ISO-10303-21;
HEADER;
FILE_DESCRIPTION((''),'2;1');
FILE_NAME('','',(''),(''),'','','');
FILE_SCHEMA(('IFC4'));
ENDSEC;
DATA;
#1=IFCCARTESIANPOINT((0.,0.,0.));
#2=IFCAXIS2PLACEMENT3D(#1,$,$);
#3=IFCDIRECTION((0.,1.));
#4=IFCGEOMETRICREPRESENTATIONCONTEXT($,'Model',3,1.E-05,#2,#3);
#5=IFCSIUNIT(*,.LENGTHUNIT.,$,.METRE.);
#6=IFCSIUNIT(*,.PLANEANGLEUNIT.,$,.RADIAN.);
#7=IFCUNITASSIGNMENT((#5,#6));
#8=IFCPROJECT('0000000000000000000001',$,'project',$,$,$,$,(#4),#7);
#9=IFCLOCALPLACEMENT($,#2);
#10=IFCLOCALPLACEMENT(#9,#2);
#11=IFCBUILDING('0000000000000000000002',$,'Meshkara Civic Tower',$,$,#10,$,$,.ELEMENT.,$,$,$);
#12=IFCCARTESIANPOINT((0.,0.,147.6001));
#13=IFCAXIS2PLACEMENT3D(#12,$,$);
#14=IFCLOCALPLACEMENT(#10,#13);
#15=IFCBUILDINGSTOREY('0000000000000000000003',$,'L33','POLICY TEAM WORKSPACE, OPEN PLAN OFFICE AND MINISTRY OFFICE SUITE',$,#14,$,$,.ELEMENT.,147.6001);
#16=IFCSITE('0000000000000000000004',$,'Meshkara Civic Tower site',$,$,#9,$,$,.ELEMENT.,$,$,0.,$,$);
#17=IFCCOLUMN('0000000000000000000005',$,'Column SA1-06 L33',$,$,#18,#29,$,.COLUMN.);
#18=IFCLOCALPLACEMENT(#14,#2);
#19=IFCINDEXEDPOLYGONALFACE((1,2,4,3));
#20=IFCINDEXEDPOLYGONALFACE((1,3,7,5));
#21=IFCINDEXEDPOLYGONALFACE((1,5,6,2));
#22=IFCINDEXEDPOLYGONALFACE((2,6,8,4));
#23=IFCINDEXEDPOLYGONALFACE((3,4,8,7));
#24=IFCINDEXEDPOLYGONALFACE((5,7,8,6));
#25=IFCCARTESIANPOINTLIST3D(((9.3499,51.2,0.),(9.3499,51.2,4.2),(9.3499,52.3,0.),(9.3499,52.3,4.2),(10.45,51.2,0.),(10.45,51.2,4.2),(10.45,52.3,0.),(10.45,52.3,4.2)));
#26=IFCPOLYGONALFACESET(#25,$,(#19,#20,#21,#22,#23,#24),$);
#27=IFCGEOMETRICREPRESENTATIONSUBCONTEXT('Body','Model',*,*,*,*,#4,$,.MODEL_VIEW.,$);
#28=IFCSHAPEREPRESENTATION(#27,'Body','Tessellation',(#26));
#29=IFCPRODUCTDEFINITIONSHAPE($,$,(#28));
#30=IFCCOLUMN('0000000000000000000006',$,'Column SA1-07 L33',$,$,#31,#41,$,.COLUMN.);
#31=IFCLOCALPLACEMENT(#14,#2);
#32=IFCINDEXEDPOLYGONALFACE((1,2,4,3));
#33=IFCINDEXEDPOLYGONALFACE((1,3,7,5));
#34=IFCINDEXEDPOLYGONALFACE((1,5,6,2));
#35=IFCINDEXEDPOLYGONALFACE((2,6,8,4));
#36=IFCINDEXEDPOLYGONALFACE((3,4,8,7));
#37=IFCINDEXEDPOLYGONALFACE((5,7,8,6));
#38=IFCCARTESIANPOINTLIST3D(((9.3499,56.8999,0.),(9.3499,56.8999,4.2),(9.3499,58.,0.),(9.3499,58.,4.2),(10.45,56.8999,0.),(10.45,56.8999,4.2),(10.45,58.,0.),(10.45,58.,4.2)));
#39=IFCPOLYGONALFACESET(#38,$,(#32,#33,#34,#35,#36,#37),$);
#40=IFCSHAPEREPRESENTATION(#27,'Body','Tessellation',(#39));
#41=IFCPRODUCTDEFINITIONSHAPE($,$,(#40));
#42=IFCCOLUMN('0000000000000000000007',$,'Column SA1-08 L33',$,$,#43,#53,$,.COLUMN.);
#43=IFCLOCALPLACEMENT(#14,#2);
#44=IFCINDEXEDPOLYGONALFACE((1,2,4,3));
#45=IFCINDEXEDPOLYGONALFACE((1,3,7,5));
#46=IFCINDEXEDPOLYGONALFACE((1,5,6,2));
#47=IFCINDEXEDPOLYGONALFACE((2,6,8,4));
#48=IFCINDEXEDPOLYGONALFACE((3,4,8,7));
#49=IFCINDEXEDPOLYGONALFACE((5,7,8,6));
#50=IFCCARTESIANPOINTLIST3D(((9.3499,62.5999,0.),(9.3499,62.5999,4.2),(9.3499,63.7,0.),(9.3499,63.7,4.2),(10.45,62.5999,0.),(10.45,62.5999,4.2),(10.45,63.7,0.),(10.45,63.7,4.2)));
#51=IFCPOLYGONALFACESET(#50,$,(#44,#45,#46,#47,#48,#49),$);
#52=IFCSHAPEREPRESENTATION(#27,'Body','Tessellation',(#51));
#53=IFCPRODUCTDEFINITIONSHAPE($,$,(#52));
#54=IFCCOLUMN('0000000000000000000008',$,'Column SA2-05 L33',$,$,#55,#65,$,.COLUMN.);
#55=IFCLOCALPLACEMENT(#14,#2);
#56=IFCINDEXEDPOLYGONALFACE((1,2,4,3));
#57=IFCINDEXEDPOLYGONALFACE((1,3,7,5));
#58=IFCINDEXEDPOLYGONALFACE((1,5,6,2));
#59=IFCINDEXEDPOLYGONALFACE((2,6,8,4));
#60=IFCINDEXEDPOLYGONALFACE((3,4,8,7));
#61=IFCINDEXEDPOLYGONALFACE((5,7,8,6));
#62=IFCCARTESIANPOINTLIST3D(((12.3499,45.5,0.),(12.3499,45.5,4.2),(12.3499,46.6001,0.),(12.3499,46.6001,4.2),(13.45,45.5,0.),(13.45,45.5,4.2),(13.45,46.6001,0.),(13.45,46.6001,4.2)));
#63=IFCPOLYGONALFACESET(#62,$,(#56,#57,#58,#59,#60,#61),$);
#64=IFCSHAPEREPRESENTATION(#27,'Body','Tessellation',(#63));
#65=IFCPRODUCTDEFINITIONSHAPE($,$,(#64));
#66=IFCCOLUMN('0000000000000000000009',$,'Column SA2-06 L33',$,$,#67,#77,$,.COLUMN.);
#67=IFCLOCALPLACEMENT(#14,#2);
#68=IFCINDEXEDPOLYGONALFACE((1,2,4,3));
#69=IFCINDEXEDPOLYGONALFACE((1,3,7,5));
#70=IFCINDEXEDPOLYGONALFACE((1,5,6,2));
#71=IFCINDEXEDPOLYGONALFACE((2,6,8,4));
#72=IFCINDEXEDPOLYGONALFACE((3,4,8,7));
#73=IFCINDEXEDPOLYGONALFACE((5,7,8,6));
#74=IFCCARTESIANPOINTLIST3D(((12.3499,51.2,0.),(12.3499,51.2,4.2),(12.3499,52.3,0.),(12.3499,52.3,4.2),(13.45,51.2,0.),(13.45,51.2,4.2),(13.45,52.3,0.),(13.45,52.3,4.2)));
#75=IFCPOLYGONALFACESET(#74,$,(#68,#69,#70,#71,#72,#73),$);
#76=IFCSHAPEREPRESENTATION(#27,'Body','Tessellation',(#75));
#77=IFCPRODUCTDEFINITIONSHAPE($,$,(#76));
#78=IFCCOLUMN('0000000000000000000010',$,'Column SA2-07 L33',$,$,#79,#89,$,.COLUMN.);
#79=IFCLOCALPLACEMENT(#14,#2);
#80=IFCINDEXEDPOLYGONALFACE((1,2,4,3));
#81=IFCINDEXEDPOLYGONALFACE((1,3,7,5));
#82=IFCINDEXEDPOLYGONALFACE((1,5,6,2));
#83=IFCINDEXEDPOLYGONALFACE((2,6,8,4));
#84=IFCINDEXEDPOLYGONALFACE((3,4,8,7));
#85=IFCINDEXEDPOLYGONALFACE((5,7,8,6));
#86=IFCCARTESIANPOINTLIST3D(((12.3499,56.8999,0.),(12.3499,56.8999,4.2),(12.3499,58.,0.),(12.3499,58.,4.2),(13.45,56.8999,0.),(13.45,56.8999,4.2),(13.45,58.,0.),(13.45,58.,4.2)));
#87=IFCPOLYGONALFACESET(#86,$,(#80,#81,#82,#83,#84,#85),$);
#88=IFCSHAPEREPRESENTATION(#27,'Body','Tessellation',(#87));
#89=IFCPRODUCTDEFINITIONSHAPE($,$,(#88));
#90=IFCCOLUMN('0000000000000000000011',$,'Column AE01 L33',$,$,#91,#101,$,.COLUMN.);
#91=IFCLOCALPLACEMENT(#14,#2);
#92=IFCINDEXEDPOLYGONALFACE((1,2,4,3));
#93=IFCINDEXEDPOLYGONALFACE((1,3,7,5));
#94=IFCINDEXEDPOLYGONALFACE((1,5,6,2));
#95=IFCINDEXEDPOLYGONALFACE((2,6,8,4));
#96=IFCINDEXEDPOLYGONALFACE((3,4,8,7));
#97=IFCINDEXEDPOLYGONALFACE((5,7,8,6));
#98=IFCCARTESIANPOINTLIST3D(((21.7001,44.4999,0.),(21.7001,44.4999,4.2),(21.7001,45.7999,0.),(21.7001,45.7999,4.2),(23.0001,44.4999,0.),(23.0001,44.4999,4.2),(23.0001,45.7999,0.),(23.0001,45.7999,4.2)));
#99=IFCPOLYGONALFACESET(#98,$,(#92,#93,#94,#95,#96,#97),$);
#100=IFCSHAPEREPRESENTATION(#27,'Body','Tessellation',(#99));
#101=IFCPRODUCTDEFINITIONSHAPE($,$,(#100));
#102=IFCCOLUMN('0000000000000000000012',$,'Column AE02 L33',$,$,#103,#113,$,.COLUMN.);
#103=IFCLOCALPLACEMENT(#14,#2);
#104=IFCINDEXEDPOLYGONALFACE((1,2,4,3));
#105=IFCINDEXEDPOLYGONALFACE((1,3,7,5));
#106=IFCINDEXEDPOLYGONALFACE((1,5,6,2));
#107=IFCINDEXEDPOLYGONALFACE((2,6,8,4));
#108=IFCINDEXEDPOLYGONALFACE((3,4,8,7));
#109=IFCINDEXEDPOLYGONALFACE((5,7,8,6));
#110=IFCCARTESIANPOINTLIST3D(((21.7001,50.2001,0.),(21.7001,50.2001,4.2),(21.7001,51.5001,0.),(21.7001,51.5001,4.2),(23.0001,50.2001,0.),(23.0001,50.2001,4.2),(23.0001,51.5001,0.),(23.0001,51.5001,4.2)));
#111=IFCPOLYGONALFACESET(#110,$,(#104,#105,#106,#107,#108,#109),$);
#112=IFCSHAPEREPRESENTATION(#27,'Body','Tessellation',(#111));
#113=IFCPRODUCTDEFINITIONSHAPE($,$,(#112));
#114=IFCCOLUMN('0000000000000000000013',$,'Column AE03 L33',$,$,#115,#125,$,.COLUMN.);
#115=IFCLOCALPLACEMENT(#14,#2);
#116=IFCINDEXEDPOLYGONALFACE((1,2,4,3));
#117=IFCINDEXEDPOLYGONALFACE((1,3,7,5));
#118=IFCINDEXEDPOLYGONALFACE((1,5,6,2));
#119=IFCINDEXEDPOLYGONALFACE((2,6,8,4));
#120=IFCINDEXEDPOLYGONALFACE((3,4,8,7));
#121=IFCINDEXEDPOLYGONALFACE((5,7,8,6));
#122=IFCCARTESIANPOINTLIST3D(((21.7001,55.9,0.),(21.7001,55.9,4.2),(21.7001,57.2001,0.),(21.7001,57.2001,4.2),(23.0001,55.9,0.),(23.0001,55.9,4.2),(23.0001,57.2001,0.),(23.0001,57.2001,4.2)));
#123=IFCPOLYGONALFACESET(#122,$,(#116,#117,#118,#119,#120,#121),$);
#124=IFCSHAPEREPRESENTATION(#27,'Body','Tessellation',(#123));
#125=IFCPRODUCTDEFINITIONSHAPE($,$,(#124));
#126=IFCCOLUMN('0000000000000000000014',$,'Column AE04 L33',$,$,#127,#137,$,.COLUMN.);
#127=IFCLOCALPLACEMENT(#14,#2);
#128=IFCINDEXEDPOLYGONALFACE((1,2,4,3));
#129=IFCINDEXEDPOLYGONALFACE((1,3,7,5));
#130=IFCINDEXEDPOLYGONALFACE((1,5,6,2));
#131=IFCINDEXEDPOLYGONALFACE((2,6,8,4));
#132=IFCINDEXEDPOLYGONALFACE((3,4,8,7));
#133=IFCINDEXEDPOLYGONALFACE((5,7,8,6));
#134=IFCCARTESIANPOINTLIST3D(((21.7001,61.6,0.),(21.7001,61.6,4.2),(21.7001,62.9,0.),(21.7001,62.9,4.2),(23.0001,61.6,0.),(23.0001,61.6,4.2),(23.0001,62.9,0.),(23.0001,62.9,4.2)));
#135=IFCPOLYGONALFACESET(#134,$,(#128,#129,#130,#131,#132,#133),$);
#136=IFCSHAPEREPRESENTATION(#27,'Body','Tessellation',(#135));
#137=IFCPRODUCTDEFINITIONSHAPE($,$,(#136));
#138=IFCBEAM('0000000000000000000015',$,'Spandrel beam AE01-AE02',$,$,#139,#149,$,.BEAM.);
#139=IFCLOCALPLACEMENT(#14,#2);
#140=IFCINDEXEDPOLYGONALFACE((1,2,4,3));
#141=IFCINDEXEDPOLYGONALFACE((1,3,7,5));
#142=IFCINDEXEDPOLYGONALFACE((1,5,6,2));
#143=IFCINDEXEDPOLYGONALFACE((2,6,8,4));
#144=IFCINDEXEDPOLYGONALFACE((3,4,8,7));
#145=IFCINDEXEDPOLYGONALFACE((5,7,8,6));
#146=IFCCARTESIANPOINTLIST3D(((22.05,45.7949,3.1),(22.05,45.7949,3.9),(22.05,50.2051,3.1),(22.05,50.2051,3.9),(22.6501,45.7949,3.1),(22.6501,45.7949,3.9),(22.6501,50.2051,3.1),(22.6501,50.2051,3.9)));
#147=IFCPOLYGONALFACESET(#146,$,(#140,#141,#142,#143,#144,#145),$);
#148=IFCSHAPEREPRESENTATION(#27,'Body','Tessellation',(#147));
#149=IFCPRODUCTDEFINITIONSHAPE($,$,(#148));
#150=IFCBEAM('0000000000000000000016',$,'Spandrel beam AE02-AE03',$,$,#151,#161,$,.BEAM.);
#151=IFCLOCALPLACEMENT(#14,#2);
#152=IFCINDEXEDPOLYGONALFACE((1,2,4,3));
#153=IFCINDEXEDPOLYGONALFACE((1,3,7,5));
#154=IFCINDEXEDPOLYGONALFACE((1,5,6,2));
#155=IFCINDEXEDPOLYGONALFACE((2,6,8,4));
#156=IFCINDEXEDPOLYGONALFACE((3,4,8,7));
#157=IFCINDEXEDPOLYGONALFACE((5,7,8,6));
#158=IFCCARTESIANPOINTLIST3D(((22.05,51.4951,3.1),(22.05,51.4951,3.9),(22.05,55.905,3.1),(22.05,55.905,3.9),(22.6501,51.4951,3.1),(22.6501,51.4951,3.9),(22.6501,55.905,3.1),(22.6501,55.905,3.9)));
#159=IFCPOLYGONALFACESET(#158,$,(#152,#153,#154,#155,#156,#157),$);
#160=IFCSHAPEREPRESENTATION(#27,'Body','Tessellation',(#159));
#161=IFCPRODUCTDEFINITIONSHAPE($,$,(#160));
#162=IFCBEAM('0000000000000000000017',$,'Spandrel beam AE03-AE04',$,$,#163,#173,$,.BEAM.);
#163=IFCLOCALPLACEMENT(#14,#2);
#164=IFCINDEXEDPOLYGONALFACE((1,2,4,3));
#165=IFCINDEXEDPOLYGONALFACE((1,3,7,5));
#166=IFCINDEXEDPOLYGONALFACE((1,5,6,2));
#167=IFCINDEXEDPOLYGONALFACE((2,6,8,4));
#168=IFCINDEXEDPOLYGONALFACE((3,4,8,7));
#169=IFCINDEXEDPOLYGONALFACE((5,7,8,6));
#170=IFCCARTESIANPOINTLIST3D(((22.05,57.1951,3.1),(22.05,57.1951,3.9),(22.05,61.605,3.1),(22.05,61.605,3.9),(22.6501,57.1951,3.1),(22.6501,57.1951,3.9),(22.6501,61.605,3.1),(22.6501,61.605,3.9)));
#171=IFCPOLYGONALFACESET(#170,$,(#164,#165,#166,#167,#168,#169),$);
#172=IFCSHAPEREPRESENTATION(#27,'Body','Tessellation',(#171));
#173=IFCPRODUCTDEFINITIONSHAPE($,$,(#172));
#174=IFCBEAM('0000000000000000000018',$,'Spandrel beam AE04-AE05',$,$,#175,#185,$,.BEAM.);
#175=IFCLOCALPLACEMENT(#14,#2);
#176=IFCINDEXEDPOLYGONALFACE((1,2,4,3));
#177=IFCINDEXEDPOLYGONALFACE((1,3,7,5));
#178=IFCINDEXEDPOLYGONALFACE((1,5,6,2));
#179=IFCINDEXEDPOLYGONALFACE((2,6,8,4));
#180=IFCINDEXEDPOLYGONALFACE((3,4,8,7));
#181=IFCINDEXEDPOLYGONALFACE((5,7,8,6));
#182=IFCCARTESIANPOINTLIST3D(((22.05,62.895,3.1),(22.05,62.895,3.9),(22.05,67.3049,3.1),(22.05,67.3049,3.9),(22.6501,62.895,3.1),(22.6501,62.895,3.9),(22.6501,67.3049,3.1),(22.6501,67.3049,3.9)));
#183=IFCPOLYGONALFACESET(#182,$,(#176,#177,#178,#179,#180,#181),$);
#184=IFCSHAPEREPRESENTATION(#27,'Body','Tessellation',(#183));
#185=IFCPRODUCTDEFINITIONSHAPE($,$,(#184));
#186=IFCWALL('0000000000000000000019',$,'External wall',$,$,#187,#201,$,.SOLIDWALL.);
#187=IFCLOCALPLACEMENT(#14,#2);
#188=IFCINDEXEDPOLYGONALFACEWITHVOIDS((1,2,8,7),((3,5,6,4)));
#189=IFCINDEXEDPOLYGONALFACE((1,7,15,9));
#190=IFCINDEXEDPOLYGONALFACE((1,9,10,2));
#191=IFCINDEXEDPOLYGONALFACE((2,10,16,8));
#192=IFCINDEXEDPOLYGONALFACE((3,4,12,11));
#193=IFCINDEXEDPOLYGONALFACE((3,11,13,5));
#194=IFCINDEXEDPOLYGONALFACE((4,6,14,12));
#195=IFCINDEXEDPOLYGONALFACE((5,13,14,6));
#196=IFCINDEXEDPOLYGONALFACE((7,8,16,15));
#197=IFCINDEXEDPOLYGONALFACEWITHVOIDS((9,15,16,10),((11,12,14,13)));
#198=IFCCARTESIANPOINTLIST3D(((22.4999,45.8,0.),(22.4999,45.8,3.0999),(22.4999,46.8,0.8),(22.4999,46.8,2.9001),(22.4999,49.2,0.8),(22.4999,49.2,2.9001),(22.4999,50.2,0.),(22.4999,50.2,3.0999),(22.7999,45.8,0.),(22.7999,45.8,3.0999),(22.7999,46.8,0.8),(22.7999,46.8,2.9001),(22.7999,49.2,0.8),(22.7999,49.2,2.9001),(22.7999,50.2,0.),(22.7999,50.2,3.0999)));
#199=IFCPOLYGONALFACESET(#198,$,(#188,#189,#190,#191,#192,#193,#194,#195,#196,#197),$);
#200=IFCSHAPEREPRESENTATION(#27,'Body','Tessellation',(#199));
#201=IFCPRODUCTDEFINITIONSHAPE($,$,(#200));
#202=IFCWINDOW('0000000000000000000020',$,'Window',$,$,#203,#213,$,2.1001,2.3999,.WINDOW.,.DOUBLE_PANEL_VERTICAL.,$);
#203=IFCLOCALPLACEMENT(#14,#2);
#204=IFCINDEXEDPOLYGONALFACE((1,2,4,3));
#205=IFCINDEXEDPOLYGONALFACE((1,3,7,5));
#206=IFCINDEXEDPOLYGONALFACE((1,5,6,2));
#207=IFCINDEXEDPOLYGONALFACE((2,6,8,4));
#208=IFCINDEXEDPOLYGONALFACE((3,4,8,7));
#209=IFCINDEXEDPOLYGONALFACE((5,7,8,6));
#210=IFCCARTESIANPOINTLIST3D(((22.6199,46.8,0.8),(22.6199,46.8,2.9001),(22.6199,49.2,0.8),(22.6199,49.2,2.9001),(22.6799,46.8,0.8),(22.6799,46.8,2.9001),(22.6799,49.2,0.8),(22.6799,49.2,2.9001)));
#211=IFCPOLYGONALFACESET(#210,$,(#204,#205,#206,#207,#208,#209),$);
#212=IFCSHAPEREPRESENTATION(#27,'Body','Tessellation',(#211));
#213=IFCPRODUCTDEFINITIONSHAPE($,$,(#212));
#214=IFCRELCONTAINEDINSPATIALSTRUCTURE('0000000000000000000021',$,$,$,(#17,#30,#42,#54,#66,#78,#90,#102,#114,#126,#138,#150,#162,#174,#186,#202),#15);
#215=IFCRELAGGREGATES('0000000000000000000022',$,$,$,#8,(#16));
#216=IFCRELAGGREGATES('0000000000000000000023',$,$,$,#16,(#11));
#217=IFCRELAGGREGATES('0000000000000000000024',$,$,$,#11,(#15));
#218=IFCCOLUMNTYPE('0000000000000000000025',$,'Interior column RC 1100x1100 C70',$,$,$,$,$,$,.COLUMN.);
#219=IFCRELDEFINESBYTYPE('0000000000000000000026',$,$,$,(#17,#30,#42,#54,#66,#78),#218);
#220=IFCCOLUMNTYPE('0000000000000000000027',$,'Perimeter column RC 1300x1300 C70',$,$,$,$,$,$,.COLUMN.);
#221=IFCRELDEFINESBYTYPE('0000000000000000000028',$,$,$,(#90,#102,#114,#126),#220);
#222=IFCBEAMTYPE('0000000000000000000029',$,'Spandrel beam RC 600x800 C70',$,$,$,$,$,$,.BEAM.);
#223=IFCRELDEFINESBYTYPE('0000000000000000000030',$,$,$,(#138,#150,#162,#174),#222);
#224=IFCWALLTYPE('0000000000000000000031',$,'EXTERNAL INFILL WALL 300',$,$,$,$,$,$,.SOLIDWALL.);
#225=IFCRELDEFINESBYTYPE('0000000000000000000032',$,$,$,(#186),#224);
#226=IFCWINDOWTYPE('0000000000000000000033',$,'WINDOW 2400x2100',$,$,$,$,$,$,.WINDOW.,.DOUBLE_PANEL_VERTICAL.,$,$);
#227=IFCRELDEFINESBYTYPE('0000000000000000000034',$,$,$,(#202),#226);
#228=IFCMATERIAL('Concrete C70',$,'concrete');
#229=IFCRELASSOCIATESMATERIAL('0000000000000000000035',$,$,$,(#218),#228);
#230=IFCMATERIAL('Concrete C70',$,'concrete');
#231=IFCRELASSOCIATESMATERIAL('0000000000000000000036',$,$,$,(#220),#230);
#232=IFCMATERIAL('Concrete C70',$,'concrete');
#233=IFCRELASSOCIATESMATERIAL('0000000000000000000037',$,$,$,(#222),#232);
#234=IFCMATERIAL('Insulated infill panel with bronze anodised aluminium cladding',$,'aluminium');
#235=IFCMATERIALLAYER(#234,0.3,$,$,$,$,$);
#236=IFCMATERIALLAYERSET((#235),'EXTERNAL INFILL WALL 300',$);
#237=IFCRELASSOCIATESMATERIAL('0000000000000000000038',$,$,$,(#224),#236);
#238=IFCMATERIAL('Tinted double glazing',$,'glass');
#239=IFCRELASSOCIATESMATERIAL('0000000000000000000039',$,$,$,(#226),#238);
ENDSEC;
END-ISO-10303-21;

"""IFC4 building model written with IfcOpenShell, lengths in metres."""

from ifc_helpers import new_model, si_unit, direction, frame, frame_2d, origin, origin_2d, place, context, subcontext, project, spatial, rectangle, extrude, material, layer, layer_set, material_profile, profile_set, type_object, element, fill, save


model = new_model("IFC4")

# Units and contexts
model_context = context("Model", 3, precision=1e-05, world=origin(), true_north=direction((0.0, 1.0)))
body_context = subcontext(model_context, "Body", "Model", "MODEL_VIEW")
ifc_project = project(units=[si_unit("LENGTHUNIT", "METRE"), si_unit("PLANEANGLEUNIT", "RADIAN")], contexts=[model_context])

# Site, building, storey
site_placement = place(None, origin())
site = spatial("IfcSite", under=ifc_project, at=site_placement, Name="Meshkara Civic Tower site", CompositionType="ELEMENT", RefElevation=0.0)
building_placement = place(site_placement, origin())
building = spatial("IfcBuilding", under=site, at=building_placement, Name="Meshkara Civic Tower", CompositionType="ELEMENT")
storey_placement = place(building_placement, frame((0.0, 0.0, 147.6001)))
storey = spatial("IfcBuildingStorey", under=building, at=storey_placement, Name="L33", Description="POLICY TEAM WORKSPACE, OPEN PLAN OFFICE AND MINISTRY OFFICE SUITE", CompositionType="ELEMENT", Elevation=147.6001)

# Columns
ifc_material_1 = material(Name="Concrete C70", Category="concrete")
ifc_material_profile_1 = material_profile(ifc_material_1, rectangle(XDim=1.1001, YDim=1.1001, at=origin_2d()))
ifc_profile_set_1 = profile_set([ifc_material_profile_1], Name="Concrete C70")
column_type_1 = type_object("IfcColumnType", Name="Interior column RC 1100x1100 C70", PredefinedType="COLUMN", material=ifc_profile_set_1)
for number, where, z_axis, x_axis, name in (
    (1, (9.8999, 51.75, 0.0), (0.0, 0.0, 1.0), (1.0, 0.0, 0.0), "Column SA1-06 L33"),
    (2, (9.8999, 57.45, 0.0), (0.0, 0.0, 1.0), (1.0, 0.0, 0.0), "Column SA1-07 L33"),
    (3, (9.8999, 63.1499, 0.0), (0.0, 0.0, 1.0), (1.0, 0.0, 0.0), "Column SA1-08 L33"),
    (4, (12.8999, 46.05, 0.0), (0.0, 0.0, 1.0), (1.0, 0.0, 0.0), "Column SA2-05 L33"),
    (5, (12.8999, 51.75, 0.0), (0.0, 0.0, 1.0), (1.0, 0.0, 0.0), "Column SA2-06 L33"),
    (6, (12.8999, 57.45, 0.0), (0.0, 0.0, 1.0), (1.0, 0.0, 0.0), "Column SA2-07 L33"),
):
    element("IfcColumn", number, at=place(storey_placement, frame(where, z_axis=z_axis, x_axis=x_axis)), inside=storey, type_object=column_type_1, Name=name, PredefinedType="COLUMN", context=body_context, shape_type="SweptSolid", body=[
        extrude(rectangle(XDim=1.1001, YDim=1.1001, at=origin_2d()), origin(), (0.0, 0.0, 1.0), 4.2),
    ])
ifc_material_2 = material(Name="Concrete C70", Category="concrete")
ifc_material_profile_2 = material_profile(ifc_material_2, rectangle(XDim=1.3, YDim=1.3, at=origin_2d()))
ifc_profile_set_2 = profile_set([ifc_material_profile_2], Name="Concrete C70")
column_type_2 = type_object("IfcColumnType", Name="Perimeter column RC 1300x1300 C70", PredefinedType="COLUMN", material=ifc_profile_set_2)
for number, where, z_axis, x_axis, name in (
    (7, (22.3501, 45.1499, 0.0), (0.0, 0.0, 1.0), (1.0, 0.0, 0.0), "Column AE01 L33"),
    (8, (22.3501, 50.8501, 0.0), (0.0, 0.0, 1.0), (1.0, 0.0, 0.0), "Column AE02 L33"),
    (9, (22.3501, 56.55, 0.0), (0.0, 0.0, 1.0), (1.0, 0.0, 0.0), "Column AE03 L33"),
    (10, (22.3501, 62.25, 0.0), (0.0, 0.0, 1.0), (1.0, 0.0, 0.0), "Column AE04 L33"),
):
    element("IfcColumn", number, at=place(storey_placement, frame(where, z_axis=z_axis, x_axis=x_axis)), inside=storey, type_object=column_type_2, Name=name, PredefinedType="COLUMN", context=body_context, shape_type="SweptSolid", body=[
        extrude(rectangle(XDim=1.3, YDim=1.3, at=origin_2d()), origin(), (0.0, 0.0, 1.0), 4.2),
    ])

# Beams
ifc_material_3 = material(Name="Concrete C70", Category="concrete")
ifc_material_profile_3 = material_profile(ifc_material_3, rectangle(XDim=0.6001, YDim=0.8, at=origin_2d()))
ifc_profile_set_3 = profile_set([ifc_material_profile_3], Name="Concrete C70")
beam_type = type_object("IfcBeamType", Name="Spandrel beam RC 600x800 C70", PredefinedType="BEAM", material=ifc_profile_set_3)
beam_placement = place(storey_placement, frame((22.3501, 45.7949, 3.5), z_axis=(0.0, 1.0, 0.0), x_axis=(-1.0, 0.0, 0.0)))
element("IfcBeam", 11, at=beam_placement, inside=storey, type_object=beam_type, Name="Spandrel beam AE01-AE02", PredefinedType="BEAM", context=body_context, shape_type="SweptSolid", body=[
    extrude(rectangle(XDim=0.6001, YDim=0.8, at=origin_2d()), origin(), (0.0, 0.0, 1.0), 4.4102),
])
for number, where, z_axis, x_axis, name in (
    (12, (22.3501, 51.4951, 3.5), (0.0, 1.0, 0.0), (-1.0, 0.0, 0.0), "Spandrel beam AE02-AE03"),
    (13, (22.3501, 57.1951, 3.5), (0.0, 1.0, 0.0), (-1.0, 0.0, 0.0), "Spandrel beam AE03-AE04"),
    (14, (22.3501, 62.895, 3.5), (0.0, 1.0, 0.0), (-1.0, 0.0, 0.0), "Spandrel beam AE04-AE05"),
):
    element("IfcBeam", number, at=place(storey_placement, frame(where, z_axis=z_axis, x_axis=x_axis)), inside=storey, type_object=beam_type, Name=name, PredefinedType="BEAM", context=body_context, shape_type="SweptSolid", body=[
        extrude(rectangle(XDim=0.6001, YDim=0.8, at=origin_2d()), origin(), (0.0, 0.0, 1.0), 4.4099),
    ])

# Wall, opening, window
ifc_material_4 = material(Name="Insulated infill panel with bronze anodised aluminium cladding", Category="aluminium")
ifc_layer_1 = layer(ifc_material_4, 0.3)
ifc_layer_set_1 = layer_set([ifc_layer_1], Name="EXTERNAL INFILL WALL 300")
wall_type_1 = type_object("IfcWallType", Name="EXTERNAL INFILL WALL 300", PredefinedType="SOLIDWALL", material=ifc_layer_set_1)
wall_1_placement = place(storey_placement, frame((22.6499, 45.8, 0.0), z_axis=(0.0, 0.0, 1.0), x_axis=(0.0, 1.0, 0.0)))
wall_1 = element("IfcWall", 15, at=wall_1_placement, inside=storey, type_object=wall_type_1, Name="External wall", PredefinedType="SOLIDWALL", context=body_context, shape_type="SweptSolid", body=[
    extrude(rectangle(XDim=4.3999, YDim=0.3, at=frame_2d((2.2, 0.0))), origin(), (0.0, 0.0, 1.0), 3.0999),
])
opening_1_placement = place(wall_1_placement, frame((1.0, 0.0, 0.8)))
opening_1 = element("IfcOpeningElement", 16, at=opening_1_placement, cuts=wall_1, PredefinedType="OPENING", context=body_context, shape_type="SweptSolid", body=[
    extrude(rectangle(XDim=2.3999, YDim=2.1001, at=frame_2d((1.2, 1.05))), frame((0.0, 0.1599, 0.0), z_axis=(0.0, -1.0, 0.0), x_axis=(1.0, 0.0, 0.0)), (0.0, 0.0, 1.0), 0.3201),
])
ifc_material_5 = material(Name="Tinted double glazing", Category="glass")
window_type = type_object("IfcWindowType", Name="WINDOW 2400x2100", PartitioningType="DOUBLE_PANEL_VERTICAL", PredefinedType="WINDOW", material=ifc_material_5)
window_1_placement = place(opening_1_placement, origin())
window_1 = element("IfcWindow", 17, at=window_1_placement, inside=storey, type_object=window_type, Name="Window", OverallHeight=2.1001, OverallWidth=2.3999, PartitioningType="DOUBLE_PANEL_VERTICAL", PredefinedType="WINDOW", context=body_context, shape_type="SweptSolid", body=[
    extrude(rectangle(XDim=2.3999, YDim=2.1001, at=frame_2d((1.2, 1.05))), frame((0.0, 0.03, 0.0), z_axis=(0.0, -1.0, 0.0), x_axis=(1.0, 0.0, 0.0)), (0.0, 0.0, 1.0), 0.0601),
])
fill(opening_1, window_1)

save(model, "model.ifc")
